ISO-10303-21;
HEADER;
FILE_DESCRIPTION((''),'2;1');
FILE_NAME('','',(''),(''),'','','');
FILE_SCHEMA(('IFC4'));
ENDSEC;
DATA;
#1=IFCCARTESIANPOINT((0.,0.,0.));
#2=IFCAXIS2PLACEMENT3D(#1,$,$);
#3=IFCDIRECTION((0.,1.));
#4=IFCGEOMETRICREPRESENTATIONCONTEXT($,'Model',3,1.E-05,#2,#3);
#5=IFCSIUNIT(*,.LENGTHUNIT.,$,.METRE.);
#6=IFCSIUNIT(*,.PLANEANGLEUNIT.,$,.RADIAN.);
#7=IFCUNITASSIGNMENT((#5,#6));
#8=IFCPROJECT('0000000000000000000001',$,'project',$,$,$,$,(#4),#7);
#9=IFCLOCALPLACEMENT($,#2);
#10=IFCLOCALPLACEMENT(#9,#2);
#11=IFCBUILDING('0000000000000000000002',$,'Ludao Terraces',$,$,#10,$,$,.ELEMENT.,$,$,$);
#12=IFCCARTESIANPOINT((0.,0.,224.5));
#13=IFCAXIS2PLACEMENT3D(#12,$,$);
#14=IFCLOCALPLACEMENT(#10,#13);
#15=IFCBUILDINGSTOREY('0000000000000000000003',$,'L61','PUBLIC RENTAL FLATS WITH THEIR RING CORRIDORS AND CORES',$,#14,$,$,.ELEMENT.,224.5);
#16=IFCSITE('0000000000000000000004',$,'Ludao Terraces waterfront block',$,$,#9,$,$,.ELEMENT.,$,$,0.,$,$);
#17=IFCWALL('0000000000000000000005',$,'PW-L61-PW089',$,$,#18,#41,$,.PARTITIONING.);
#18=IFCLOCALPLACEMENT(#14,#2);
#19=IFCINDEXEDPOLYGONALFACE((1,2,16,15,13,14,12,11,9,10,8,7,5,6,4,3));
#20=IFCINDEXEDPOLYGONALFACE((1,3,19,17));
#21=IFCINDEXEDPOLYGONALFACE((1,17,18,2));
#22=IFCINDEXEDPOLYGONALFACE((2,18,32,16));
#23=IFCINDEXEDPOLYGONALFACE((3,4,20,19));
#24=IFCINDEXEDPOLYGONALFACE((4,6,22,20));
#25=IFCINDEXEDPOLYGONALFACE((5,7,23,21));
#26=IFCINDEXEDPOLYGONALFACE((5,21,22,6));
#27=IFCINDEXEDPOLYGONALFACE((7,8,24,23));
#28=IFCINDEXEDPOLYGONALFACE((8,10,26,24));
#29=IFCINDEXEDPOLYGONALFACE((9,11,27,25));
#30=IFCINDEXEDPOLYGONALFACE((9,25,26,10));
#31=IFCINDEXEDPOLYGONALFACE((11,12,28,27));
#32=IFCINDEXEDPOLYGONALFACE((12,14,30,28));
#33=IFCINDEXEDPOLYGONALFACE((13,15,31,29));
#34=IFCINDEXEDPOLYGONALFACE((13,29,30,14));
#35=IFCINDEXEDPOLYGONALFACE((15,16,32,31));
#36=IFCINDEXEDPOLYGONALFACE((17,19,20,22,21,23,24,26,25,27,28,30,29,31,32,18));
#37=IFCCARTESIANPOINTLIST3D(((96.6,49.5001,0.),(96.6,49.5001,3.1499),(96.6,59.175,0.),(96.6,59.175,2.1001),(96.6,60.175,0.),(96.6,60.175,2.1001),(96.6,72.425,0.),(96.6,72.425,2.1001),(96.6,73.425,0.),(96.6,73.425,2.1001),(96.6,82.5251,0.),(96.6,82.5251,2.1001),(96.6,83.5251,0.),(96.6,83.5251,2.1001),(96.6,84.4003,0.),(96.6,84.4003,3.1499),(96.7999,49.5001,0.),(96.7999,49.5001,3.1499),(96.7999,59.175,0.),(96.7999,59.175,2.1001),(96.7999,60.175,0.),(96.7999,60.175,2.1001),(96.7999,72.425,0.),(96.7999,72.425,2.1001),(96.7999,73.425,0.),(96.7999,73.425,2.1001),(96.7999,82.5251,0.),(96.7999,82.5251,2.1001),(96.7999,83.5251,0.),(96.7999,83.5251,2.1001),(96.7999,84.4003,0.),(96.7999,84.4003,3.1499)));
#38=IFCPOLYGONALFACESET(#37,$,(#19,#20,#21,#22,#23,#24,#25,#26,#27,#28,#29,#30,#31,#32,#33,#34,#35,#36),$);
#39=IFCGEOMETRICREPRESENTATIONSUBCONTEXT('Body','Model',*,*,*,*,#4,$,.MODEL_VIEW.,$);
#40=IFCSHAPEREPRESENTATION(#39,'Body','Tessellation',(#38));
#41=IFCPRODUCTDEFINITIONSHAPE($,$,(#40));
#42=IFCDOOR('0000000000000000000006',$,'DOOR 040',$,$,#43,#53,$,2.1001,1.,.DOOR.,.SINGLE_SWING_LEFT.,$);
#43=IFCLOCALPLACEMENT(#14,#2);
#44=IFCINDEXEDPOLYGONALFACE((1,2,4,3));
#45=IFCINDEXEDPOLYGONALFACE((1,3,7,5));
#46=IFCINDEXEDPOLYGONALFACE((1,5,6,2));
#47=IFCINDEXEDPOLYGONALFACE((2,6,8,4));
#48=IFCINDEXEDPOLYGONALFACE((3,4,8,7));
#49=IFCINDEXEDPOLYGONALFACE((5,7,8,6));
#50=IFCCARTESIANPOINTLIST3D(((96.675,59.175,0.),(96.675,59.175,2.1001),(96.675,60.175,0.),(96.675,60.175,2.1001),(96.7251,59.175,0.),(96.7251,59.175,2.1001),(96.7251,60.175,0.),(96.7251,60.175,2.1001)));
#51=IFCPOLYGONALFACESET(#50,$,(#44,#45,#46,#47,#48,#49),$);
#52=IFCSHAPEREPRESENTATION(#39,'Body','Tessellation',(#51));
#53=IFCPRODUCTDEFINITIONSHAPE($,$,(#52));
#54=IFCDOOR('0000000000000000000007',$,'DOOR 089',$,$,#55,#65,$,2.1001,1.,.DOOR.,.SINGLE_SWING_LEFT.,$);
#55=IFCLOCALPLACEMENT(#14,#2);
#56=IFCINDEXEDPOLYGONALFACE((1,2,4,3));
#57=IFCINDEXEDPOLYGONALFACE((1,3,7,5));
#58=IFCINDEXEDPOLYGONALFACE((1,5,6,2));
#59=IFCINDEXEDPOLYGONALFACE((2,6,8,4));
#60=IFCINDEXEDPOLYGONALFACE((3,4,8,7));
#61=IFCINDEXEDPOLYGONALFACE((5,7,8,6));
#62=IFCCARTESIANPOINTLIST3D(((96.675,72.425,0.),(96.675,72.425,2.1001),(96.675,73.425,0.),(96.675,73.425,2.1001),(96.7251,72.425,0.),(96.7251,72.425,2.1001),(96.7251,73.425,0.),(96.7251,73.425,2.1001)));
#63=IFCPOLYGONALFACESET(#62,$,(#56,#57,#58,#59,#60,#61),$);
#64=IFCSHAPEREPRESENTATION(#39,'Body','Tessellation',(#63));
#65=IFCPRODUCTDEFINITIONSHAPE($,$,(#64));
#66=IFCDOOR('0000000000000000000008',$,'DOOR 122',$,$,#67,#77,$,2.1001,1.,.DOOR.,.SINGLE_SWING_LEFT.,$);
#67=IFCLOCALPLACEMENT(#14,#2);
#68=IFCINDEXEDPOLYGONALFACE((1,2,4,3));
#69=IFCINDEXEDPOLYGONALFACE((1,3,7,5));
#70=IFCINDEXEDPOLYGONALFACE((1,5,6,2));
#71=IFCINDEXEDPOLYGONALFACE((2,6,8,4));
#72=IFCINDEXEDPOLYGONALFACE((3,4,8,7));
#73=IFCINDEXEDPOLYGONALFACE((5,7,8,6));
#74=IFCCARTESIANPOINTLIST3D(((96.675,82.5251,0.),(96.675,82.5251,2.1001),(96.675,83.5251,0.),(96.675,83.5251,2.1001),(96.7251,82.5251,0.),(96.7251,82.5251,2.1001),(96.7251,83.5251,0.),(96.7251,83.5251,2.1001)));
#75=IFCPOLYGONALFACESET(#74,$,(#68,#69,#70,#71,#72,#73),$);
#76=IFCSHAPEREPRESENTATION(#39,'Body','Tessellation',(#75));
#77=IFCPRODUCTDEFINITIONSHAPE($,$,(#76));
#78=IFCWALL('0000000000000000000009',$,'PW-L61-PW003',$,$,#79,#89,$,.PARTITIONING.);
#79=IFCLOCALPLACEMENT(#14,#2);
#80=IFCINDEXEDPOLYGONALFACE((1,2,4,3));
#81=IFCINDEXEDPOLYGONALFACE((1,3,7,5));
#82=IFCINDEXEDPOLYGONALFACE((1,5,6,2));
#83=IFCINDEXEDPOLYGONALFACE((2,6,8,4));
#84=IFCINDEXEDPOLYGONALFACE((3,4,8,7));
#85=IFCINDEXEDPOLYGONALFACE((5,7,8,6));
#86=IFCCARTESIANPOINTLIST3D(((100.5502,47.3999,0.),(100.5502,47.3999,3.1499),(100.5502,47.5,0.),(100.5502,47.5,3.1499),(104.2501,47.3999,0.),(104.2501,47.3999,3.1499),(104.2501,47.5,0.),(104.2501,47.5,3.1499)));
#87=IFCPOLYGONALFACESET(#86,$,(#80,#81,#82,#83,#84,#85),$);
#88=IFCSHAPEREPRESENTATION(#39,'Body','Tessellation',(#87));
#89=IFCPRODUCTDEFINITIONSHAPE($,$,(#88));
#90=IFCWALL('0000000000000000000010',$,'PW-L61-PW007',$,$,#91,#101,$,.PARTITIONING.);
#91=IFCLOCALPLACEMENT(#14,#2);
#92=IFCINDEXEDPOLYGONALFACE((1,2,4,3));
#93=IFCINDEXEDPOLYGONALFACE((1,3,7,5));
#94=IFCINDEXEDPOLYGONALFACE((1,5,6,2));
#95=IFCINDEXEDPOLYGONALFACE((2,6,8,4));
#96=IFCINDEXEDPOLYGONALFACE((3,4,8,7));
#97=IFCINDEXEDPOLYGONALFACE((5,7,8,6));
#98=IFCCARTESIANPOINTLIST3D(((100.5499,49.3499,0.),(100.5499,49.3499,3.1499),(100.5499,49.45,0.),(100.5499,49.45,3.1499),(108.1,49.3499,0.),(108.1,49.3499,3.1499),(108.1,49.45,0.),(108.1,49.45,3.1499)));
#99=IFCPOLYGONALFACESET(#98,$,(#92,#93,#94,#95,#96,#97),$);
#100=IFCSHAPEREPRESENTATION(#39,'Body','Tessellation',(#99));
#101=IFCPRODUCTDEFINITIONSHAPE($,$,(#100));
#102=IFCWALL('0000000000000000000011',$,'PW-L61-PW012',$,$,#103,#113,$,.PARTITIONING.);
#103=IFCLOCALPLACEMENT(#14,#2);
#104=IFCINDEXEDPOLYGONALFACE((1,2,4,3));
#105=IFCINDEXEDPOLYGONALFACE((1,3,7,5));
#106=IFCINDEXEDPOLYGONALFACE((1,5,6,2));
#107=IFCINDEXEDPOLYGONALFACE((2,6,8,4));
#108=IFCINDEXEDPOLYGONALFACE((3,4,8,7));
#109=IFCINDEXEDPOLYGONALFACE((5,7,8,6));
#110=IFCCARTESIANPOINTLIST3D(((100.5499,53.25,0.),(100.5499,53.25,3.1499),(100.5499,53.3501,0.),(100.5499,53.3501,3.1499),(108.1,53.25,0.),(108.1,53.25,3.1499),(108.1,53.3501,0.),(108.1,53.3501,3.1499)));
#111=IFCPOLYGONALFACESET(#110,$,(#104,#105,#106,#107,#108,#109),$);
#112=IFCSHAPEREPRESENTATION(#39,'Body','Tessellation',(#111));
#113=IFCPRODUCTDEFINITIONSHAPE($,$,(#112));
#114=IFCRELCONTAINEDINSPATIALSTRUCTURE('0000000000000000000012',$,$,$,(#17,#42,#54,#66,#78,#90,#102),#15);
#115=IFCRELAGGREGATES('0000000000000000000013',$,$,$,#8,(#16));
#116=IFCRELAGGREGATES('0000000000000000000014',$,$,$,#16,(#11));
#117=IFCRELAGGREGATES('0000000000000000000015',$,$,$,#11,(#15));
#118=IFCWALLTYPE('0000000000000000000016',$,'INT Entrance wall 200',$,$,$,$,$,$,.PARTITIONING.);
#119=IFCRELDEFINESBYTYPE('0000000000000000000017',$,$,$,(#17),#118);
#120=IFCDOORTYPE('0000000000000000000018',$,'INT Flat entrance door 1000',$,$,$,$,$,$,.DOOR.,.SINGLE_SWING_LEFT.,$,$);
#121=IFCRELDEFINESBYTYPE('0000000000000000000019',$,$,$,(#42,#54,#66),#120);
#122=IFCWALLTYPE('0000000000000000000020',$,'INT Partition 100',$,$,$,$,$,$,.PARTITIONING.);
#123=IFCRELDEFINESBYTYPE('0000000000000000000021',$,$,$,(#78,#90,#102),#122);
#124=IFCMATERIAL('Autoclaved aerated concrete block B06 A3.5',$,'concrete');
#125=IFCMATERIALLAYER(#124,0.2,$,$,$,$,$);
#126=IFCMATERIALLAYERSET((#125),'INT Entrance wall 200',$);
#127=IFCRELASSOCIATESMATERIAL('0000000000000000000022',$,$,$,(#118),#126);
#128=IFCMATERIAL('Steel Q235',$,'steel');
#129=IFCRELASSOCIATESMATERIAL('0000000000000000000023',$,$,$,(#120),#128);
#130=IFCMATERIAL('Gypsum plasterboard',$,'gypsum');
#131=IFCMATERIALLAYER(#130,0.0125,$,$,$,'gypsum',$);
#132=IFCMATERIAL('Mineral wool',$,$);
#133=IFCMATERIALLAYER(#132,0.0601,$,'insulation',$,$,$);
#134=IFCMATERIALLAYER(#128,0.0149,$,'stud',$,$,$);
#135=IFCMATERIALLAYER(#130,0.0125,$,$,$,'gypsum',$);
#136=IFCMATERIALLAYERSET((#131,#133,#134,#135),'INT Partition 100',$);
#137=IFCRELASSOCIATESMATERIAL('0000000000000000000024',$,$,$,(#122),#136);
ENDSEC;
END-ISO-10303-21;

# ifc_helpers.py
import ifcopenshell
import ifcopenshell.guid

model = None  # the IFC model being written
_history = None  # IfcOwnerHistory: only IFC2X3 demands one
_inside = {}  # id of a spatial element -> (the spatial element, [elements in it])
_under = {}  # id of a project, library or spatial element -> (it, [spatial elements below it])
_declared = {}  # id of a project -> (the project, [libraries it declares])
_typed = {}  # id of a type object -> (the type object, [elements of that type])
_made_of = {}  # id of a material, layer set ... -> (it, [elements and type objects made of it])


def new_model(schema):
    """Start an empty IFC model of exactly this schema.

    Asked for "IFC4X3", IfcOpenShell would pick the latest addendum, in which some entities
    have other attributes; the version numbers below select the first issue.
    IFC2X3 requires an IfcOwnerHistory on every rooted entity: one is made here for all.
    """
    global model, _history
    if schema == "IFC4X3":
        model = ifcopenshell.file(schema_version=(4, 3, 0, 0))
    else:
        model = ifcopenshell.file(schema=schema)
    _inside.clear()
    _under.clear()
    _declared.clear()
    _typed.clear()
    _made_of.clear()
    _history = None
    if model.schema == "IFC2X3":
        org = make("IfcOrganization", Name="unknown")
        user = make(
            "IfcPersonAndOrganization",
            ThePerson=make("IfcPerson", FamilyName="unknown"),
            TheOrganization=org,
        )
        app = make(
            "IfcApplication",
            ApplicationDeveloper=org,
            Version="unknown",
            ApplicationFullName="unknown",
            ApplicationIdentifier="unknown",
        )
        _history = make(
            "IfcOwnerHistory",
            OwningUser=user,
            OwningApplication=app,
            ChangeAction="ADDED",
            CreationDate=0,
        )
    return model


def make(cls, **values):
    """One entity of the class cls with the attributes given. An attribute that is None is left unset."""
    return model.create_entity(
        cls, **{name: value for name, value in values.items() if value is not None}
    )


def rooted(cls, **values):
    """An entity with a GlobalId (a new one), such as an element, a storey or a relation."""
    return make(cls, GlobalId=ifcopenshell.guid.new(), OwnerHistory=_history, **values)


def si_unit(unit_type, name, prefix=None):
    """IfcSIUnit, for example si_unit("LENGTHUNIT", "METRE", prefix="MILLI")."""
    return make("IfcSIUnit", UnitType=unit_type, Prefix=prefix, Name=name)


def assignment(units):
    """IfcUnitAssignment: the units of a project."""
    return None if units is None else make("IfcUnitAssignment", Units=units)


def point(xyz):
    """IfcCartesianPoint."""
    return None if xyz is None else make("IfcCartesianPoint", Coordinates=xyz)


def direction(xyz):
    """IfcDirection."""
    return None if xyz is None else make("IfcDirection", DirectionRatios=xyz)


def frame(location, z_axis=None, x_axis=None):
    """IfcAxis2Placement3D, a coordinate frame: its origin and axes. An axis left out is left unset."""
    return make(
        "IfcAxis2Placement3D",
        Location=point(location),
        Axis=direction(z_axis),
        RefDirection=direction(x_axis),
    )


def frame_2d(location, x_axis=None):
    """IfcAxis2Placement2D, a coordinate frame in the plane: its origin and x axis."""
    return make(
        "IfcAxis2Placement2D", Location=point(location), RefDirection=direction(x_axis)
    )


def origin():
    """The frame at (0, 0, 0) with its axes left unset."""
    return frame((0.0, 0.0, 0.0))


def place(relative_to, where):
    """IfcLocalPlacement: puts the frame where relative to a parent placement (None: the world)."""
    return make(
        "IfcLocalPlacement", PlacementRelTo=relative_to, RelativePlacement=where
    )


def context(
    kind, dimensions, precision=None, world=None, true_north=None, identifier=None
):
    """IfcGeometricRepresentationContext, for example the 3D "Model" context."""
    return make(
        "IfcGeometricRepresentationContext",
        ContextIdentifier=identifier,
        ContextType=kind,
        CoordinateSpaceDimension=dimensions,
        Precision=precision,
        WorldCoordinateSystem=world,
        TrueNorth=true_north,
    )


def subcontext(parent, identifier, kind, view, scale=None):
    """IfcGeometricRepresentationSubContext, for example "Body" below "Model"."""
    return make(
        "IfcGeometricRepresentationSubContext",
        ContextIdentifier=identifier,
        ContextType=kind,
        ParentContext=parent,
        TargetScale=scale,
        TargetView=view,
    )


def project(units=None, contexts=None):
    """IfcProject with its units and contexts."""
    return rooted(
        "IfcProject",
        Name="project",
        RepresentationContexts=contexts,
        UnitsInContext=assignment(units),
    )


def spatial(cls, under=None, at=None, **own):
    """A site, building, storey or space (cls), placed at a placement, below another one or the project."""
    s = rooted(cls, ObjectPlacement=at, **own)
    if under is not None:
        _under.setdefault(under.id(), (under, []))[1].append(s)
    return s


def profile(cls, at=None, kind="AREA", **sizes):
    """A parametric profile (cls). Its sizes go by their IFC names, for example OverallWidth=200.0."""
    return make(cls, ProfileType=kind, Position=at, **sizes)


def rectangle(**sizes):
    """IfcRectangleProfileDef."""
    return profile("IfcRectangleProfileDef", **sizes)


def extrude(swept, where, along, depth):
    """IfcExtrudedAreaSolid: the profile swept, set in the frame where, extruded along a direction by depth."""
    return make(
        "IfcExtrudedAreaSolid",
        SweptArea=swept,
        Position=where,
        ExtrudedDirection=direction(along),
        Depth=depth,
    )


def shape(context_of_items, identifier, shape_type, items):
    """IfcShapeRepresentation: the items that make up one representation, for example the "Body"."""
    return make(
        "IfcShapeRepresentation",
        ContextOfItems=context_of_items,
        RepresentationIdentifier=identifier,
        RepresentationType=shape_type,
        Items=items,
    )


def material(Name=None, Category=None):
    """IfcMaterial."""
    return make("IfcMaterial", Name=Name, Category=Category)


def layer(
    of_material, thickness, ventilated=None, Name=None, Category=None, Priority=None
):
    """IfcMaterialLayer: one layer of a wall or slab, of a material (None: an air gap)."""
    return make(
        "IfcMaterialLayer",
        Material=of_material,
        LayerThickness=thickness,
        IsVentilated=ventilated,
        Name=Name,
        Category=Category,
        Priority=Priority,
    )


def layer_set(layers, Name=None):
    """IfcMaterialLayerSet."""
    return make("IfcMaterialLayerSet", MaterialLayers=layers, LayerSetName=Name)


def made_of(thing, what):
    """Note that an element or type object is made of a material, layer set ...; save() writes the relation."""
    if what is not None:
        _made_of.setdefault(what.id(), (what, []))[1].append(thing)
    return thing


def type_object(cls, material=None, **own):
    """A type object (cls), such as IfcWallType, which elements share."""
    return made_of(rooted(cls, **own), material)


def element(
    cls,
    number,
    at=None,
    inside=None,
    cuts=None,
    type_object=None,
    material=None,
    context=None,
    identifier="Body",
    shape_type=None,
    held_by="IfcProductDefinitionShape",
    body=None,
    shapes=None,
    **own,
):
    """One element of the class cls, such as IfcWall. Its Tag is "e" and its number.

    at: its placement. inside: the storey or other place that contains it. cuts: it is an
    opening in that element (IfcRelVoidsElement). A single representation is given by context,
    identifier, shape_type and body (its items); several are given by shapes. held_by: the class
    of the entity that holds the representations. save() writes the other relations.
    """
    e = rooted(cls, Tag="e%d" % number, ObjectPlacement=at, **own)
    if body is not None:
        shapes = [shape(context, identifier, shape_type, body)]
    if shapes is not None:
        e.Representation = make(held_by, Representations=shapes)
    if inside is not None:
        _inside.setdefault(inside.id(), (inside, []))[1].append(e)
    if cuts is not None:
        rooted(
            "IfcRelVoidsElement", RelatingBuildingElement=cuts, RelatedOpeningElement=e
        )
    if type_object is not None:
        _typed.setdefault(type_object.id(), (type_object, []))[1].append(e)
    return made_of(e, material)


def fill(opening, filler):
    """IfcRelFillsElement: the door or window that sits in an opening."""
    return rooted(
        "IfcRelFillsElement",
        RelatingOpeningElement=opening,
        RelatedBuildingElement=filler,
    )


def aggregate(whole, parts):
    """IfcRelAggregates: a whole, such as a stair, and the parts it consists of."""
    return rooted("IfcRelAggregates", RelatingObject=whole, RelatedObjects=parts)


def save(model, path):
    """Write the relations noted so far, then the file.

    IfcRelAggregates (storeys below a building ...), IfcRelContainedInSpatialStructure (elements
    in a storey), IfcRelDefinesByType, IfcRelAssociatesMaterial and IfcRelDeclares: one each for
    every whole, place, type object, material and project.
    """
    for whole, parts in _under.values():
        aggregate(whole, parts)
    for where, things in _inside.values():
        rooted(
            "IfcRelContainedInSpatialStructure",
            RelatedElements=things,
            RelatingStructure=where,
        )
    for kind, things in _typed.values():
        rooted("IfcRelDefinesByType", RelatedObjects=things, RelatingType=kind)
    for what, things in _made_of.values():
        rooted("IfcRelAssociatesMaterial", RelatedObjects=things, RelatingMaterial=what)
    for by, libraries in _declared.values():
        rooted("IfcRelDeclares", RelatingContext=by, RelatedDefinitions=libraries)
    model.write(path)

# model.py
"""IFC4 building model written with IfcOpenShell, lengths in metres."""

from ifc_helpers import new_model, si_unit, direction, frame, frame_2d, origin, place, context, subcontext, project, spatial, rectangle, extrude, material, layer, layer_set, type_object, element, fill, save


model = new_model("IFC4")

# Units and contexts
model_context = context("Model", 3, precision=1e-05, world=origin(), true_north=direction((0.0, 1.0)))
body_context = subcontext(model_context, "Body", "Model", "MODEL_VIEW")
ifc_project = project(units=[si_unit("LENGTHUNIT", "METRE"), si_unit("PLANEANGLEUNIT", "RADIAN")], contexts=[model_context])

# Site, building, storey
site_placement = place(None, origin())
site = spatial("IfcSite", under=ifc_project, at=site_placement, Name="Ludao Terraces waterfront block", CompositionType="ELEMENT", RefElevation=0.0)
building_placement = place(site_placement, origin())
building = spatial("IfcBuilding", under=site, at=building_placement, Name="Ludao Terraces", CompositionType="ELEMENT")
storey_placement = place(building_placement, frame((0.0, 0.0, 224.5)))
storey = spatial("IfcBuildingStorey", under=building, at=storey_placement, Name="L61", Description="PUBLIC RENTAL FLATS WITH THEIR RING CORRIDORS AND CORES", CompositionType="ELEMENT", Elevation=224.5)

# Shared definitions
ifc_material_1 = material(Name="Mineral wool")

# Wall, openings, doors
ifc_material_2 = material(Name="Autoclaved aerated concrete block B06 A3.5", Category="concrete")
ifc_layer_1 = layer(ifc_material_2, 0.2)
ifc_layer_set_1 = layer_set([ifc_layer_1], Name="INT Entrance wall 200")
wall_type_1 = type_object("IfcWallType", Name="INT Entrance wall 200", PredefinedType="PARTITIONING", material=ifc_layer_set_1)
wall_1_placement = place(storey_placement, frame((96.7, 49.5, 0.0), z_axis=(0.0, 0.0, 1.0), x_axis=(0.0, 1.0, 0.0)))
wall_1 = element("IfcWall", 1, at=wall_1_placement, inside=storey, type_object=wall_type_1, Name="PW-L61-PW089", PredefinedType="PARTITIONING", context=body_context, shape_type="SweptSolid", body=[
    extrude(rectangle(XDim=34.9001, YDim=0.2, at=frame_2d((17.4502, 0.0))), origin(), (0.0, 0.0, 1.0), 3.1499),
])
opening_1_placement = place(wall_1_placement, frame((9.675, 0.0, 0.0)))
opening_1 = element("IfcOpeningElement", 2, at=opening_1_placement, cuts=wall_1, PredefinedType="OPENING", context=body_context, shape_type="SweptSolid", body=[
    extrude(rectangle(XDim=1.0, YDim=2.1001, at=frame_2d((0.5, 1.05))), frame((0.0, 0.1099, 0.0), z_axis=(0.0, -1.0, 0.0), x_axis=(1.0, 0.0, 0.0)), (0.0, 0.0, 1.0), 0.22),
])
opening_2_placement = place(wall_1_placement, frame((22.925, 0.0, 0.0)))
opening_2 = element("IfcOpeningElement", 3, at=opening_2_placement, cuts=wall_1, PredefinedType="OPENING", context=body_context, shape_type="SweptSolid", body=[
    extrude(rectangle(XDim=1.0, YDim=2.1001, at=frame_2d((0.5, 1.05))), frame((0.0, 0.1099, 0.0), z_axis=(0.0, -1.0, 0.0), x_axis=(1.0, 0.0, 0.0)), (0.0, 0.0, 1.0), 0.22),
])
opening_3_placement = place(wall_1_placement, frame((33.0251, 0.0, 0.0)))
opening_3 = element("IfcOpeningElement", 4, at=opening_3_placement, cuts=wall_1, PredefinedType="OPENING", context=body_context, shape_type="SweptSolid", body=[
    extrude(rectangle(XDim=1.0, YDim=2.1001, at=frame_2d((0.5, 1.05))), frame((0.0, 0.1099, 0.0), z_axis=(0.0, -1.0, 0.0), x_axis=(1.0, 0.0, 0.0)), (0.0, 0.0, 1.0), 0.22),
])
ifc_material_3 = material(Name="Steel Q235", Category="steel")
door_type_1 = type_object("IfcDoorType", Name="INT Flat entrance door 1000", OperationType="SINGLE_SWING_LEFT", PredefinedType="DOOR", material=ifc_material_3)
door_1_placement = place(opening_1_placement, origin())
door_1 = element("IfcDoor", 5, at=door_1_placement, inside=storey, type_object=door_type_1, Name="DOOR 040", OperationType="SINGLE_SWING_LEFT", OverallHeight=2.1001, OverallWidth=1.0, PredefinedType="DOOR", context=body_context, shape_type="SweptSolid", body=[
    extrude(rectangle(XDim=1.0, YDim=2.1001, at=frame_2d((0.5, 1.05))), frame((0.0, 0.0249, 0.0), z_axis=(0.0, -1.0, 0.0), x_axis=(1.0, 0.0, 0.0)), (0.0, 0.0, 1.0), 0.05),
])
fill(opening_1, door_1)
door_2_placement = place(opening_2_placement, origin())
door_2 = element("IfcDoor", 6, at=door_2_placement, inside=storey, type_object=door_type_1, Name="DOOR 089", OperationType="SINGLE_SWING_LEFT", OverallHeight=2.1001, OverallWidth=1.0, PredefinedType="DOOR", context=body_context, shape_type="SweptSolid", body=[
    extrude(rectangle(XDim=1.0, YDim=2.1001, at=frame_2d((0.5, 1.05))), frame((0.0, 0.0249, 0.0), z_axis=(0.0, -1.0, 0.0), x_axis=(1.0, 0.0, 0.0)), (0.0, 0.0, 1.0), 0.05),
])
fill(opening_2, door_2)
door_3_placement = place(opening_3_placement, origin())
door_3 = element("IfcDoor", 7, at=door_3_placement, inside=storey, type_object=door_type_1, Name="DOOR 122", OperationType="SINGLE_SWING_LEFT", OverallHeight=2.1001, OverallWidth=1.0, PredefinedType="DOOR", context=body_context, shape_type="SweptSolid", body=[
    extrude(rectangle(XDim=1.0, YDim=2.1001, at=frame_2d((0.5, 1.05))), frame((0.0, 0.0249, 0.0), z_axis=(0.0, -1.0, 0.0), x_axis=(1.0, 0.0, 0.0)), (0.0, 0.0, 1.0), 0.05),
])
fill(opening_3, door_3)

# Walls
ifc_material_4 = material(Name="Gypsum plasterboard", Category="gypsum")
ifc_layer_2 = layer(ifc_material_4, 0.0125, Category="gypsum")
ifc_layer_3 = layer(ifc_material_1, 0.0601, Name="insulation")
ifc_layer_4 = layer(ifc_material_3, 0.0149, Name="stud")
ifc_layer_5 = layer(ifc_material_4, 0.0125, Category="gypsum")
ifc_layer_set_2 = layer_set([ifc_layer_2, ifc_layer_3, ifc_layer_4, ifc_layer_5], Name="INT Partition 100")
wall_type_2 = type_object("IfcWallType", Name="INT Partition 100", PredefinedType="PARTITIONING", material=ifc_layer_set_2)
wall_2_placement = place(storey_placement, frame((100.55, 47.45, 0.0), z_axis=(0.0, 0.0, 1.0), x_axis=(1.0, 0.0, 0.0)))
element("IfcWall", 8, at=wall_2_placement, inside=storey, type_object=wall_type_2, Name="PW-L61-PW003", PredefinedType="PARTITIONING", context=body_context, shape_type="SweptSolid", body=[
    extrude(rectangle(XDim=3.7, YDim=0.1001, at=frame_2d((1.8501, 0.0))), origin(), (0.0, 0.0, 1.0), 3.1499),
])
for number, where, z_axis, x_axis, name in (
    (9, (100.55, 49.3999, 0.0), (0.0, 0.0, 1.0), (1.0, 0.0, 0.0), "PW-L61-PW007"),
    (10, (100.55, 53.3, 0.0), (0.0, 0.0, 1.0), (1.0, 0.0, 0.0), "PW-L61-PW012"),
):
    element("IfcWall", number, at=place(storey_placement, frame(where, z_axis=z_axis, x_axis=x_axis)), inside=storey, type_object=wall_type_2, Name=name, PredefinedType="PARTITIONING", context=body_context, shape_type="SweptSolid", body=[
        extrude(rectangle(XDim=7.55, YDim=0.1001, at=frame_2d((3.7749, 0.0))), origin(), (0.0, 0.0, 1.0), 3.1499),
    ])

save(model, "model.ifc")
